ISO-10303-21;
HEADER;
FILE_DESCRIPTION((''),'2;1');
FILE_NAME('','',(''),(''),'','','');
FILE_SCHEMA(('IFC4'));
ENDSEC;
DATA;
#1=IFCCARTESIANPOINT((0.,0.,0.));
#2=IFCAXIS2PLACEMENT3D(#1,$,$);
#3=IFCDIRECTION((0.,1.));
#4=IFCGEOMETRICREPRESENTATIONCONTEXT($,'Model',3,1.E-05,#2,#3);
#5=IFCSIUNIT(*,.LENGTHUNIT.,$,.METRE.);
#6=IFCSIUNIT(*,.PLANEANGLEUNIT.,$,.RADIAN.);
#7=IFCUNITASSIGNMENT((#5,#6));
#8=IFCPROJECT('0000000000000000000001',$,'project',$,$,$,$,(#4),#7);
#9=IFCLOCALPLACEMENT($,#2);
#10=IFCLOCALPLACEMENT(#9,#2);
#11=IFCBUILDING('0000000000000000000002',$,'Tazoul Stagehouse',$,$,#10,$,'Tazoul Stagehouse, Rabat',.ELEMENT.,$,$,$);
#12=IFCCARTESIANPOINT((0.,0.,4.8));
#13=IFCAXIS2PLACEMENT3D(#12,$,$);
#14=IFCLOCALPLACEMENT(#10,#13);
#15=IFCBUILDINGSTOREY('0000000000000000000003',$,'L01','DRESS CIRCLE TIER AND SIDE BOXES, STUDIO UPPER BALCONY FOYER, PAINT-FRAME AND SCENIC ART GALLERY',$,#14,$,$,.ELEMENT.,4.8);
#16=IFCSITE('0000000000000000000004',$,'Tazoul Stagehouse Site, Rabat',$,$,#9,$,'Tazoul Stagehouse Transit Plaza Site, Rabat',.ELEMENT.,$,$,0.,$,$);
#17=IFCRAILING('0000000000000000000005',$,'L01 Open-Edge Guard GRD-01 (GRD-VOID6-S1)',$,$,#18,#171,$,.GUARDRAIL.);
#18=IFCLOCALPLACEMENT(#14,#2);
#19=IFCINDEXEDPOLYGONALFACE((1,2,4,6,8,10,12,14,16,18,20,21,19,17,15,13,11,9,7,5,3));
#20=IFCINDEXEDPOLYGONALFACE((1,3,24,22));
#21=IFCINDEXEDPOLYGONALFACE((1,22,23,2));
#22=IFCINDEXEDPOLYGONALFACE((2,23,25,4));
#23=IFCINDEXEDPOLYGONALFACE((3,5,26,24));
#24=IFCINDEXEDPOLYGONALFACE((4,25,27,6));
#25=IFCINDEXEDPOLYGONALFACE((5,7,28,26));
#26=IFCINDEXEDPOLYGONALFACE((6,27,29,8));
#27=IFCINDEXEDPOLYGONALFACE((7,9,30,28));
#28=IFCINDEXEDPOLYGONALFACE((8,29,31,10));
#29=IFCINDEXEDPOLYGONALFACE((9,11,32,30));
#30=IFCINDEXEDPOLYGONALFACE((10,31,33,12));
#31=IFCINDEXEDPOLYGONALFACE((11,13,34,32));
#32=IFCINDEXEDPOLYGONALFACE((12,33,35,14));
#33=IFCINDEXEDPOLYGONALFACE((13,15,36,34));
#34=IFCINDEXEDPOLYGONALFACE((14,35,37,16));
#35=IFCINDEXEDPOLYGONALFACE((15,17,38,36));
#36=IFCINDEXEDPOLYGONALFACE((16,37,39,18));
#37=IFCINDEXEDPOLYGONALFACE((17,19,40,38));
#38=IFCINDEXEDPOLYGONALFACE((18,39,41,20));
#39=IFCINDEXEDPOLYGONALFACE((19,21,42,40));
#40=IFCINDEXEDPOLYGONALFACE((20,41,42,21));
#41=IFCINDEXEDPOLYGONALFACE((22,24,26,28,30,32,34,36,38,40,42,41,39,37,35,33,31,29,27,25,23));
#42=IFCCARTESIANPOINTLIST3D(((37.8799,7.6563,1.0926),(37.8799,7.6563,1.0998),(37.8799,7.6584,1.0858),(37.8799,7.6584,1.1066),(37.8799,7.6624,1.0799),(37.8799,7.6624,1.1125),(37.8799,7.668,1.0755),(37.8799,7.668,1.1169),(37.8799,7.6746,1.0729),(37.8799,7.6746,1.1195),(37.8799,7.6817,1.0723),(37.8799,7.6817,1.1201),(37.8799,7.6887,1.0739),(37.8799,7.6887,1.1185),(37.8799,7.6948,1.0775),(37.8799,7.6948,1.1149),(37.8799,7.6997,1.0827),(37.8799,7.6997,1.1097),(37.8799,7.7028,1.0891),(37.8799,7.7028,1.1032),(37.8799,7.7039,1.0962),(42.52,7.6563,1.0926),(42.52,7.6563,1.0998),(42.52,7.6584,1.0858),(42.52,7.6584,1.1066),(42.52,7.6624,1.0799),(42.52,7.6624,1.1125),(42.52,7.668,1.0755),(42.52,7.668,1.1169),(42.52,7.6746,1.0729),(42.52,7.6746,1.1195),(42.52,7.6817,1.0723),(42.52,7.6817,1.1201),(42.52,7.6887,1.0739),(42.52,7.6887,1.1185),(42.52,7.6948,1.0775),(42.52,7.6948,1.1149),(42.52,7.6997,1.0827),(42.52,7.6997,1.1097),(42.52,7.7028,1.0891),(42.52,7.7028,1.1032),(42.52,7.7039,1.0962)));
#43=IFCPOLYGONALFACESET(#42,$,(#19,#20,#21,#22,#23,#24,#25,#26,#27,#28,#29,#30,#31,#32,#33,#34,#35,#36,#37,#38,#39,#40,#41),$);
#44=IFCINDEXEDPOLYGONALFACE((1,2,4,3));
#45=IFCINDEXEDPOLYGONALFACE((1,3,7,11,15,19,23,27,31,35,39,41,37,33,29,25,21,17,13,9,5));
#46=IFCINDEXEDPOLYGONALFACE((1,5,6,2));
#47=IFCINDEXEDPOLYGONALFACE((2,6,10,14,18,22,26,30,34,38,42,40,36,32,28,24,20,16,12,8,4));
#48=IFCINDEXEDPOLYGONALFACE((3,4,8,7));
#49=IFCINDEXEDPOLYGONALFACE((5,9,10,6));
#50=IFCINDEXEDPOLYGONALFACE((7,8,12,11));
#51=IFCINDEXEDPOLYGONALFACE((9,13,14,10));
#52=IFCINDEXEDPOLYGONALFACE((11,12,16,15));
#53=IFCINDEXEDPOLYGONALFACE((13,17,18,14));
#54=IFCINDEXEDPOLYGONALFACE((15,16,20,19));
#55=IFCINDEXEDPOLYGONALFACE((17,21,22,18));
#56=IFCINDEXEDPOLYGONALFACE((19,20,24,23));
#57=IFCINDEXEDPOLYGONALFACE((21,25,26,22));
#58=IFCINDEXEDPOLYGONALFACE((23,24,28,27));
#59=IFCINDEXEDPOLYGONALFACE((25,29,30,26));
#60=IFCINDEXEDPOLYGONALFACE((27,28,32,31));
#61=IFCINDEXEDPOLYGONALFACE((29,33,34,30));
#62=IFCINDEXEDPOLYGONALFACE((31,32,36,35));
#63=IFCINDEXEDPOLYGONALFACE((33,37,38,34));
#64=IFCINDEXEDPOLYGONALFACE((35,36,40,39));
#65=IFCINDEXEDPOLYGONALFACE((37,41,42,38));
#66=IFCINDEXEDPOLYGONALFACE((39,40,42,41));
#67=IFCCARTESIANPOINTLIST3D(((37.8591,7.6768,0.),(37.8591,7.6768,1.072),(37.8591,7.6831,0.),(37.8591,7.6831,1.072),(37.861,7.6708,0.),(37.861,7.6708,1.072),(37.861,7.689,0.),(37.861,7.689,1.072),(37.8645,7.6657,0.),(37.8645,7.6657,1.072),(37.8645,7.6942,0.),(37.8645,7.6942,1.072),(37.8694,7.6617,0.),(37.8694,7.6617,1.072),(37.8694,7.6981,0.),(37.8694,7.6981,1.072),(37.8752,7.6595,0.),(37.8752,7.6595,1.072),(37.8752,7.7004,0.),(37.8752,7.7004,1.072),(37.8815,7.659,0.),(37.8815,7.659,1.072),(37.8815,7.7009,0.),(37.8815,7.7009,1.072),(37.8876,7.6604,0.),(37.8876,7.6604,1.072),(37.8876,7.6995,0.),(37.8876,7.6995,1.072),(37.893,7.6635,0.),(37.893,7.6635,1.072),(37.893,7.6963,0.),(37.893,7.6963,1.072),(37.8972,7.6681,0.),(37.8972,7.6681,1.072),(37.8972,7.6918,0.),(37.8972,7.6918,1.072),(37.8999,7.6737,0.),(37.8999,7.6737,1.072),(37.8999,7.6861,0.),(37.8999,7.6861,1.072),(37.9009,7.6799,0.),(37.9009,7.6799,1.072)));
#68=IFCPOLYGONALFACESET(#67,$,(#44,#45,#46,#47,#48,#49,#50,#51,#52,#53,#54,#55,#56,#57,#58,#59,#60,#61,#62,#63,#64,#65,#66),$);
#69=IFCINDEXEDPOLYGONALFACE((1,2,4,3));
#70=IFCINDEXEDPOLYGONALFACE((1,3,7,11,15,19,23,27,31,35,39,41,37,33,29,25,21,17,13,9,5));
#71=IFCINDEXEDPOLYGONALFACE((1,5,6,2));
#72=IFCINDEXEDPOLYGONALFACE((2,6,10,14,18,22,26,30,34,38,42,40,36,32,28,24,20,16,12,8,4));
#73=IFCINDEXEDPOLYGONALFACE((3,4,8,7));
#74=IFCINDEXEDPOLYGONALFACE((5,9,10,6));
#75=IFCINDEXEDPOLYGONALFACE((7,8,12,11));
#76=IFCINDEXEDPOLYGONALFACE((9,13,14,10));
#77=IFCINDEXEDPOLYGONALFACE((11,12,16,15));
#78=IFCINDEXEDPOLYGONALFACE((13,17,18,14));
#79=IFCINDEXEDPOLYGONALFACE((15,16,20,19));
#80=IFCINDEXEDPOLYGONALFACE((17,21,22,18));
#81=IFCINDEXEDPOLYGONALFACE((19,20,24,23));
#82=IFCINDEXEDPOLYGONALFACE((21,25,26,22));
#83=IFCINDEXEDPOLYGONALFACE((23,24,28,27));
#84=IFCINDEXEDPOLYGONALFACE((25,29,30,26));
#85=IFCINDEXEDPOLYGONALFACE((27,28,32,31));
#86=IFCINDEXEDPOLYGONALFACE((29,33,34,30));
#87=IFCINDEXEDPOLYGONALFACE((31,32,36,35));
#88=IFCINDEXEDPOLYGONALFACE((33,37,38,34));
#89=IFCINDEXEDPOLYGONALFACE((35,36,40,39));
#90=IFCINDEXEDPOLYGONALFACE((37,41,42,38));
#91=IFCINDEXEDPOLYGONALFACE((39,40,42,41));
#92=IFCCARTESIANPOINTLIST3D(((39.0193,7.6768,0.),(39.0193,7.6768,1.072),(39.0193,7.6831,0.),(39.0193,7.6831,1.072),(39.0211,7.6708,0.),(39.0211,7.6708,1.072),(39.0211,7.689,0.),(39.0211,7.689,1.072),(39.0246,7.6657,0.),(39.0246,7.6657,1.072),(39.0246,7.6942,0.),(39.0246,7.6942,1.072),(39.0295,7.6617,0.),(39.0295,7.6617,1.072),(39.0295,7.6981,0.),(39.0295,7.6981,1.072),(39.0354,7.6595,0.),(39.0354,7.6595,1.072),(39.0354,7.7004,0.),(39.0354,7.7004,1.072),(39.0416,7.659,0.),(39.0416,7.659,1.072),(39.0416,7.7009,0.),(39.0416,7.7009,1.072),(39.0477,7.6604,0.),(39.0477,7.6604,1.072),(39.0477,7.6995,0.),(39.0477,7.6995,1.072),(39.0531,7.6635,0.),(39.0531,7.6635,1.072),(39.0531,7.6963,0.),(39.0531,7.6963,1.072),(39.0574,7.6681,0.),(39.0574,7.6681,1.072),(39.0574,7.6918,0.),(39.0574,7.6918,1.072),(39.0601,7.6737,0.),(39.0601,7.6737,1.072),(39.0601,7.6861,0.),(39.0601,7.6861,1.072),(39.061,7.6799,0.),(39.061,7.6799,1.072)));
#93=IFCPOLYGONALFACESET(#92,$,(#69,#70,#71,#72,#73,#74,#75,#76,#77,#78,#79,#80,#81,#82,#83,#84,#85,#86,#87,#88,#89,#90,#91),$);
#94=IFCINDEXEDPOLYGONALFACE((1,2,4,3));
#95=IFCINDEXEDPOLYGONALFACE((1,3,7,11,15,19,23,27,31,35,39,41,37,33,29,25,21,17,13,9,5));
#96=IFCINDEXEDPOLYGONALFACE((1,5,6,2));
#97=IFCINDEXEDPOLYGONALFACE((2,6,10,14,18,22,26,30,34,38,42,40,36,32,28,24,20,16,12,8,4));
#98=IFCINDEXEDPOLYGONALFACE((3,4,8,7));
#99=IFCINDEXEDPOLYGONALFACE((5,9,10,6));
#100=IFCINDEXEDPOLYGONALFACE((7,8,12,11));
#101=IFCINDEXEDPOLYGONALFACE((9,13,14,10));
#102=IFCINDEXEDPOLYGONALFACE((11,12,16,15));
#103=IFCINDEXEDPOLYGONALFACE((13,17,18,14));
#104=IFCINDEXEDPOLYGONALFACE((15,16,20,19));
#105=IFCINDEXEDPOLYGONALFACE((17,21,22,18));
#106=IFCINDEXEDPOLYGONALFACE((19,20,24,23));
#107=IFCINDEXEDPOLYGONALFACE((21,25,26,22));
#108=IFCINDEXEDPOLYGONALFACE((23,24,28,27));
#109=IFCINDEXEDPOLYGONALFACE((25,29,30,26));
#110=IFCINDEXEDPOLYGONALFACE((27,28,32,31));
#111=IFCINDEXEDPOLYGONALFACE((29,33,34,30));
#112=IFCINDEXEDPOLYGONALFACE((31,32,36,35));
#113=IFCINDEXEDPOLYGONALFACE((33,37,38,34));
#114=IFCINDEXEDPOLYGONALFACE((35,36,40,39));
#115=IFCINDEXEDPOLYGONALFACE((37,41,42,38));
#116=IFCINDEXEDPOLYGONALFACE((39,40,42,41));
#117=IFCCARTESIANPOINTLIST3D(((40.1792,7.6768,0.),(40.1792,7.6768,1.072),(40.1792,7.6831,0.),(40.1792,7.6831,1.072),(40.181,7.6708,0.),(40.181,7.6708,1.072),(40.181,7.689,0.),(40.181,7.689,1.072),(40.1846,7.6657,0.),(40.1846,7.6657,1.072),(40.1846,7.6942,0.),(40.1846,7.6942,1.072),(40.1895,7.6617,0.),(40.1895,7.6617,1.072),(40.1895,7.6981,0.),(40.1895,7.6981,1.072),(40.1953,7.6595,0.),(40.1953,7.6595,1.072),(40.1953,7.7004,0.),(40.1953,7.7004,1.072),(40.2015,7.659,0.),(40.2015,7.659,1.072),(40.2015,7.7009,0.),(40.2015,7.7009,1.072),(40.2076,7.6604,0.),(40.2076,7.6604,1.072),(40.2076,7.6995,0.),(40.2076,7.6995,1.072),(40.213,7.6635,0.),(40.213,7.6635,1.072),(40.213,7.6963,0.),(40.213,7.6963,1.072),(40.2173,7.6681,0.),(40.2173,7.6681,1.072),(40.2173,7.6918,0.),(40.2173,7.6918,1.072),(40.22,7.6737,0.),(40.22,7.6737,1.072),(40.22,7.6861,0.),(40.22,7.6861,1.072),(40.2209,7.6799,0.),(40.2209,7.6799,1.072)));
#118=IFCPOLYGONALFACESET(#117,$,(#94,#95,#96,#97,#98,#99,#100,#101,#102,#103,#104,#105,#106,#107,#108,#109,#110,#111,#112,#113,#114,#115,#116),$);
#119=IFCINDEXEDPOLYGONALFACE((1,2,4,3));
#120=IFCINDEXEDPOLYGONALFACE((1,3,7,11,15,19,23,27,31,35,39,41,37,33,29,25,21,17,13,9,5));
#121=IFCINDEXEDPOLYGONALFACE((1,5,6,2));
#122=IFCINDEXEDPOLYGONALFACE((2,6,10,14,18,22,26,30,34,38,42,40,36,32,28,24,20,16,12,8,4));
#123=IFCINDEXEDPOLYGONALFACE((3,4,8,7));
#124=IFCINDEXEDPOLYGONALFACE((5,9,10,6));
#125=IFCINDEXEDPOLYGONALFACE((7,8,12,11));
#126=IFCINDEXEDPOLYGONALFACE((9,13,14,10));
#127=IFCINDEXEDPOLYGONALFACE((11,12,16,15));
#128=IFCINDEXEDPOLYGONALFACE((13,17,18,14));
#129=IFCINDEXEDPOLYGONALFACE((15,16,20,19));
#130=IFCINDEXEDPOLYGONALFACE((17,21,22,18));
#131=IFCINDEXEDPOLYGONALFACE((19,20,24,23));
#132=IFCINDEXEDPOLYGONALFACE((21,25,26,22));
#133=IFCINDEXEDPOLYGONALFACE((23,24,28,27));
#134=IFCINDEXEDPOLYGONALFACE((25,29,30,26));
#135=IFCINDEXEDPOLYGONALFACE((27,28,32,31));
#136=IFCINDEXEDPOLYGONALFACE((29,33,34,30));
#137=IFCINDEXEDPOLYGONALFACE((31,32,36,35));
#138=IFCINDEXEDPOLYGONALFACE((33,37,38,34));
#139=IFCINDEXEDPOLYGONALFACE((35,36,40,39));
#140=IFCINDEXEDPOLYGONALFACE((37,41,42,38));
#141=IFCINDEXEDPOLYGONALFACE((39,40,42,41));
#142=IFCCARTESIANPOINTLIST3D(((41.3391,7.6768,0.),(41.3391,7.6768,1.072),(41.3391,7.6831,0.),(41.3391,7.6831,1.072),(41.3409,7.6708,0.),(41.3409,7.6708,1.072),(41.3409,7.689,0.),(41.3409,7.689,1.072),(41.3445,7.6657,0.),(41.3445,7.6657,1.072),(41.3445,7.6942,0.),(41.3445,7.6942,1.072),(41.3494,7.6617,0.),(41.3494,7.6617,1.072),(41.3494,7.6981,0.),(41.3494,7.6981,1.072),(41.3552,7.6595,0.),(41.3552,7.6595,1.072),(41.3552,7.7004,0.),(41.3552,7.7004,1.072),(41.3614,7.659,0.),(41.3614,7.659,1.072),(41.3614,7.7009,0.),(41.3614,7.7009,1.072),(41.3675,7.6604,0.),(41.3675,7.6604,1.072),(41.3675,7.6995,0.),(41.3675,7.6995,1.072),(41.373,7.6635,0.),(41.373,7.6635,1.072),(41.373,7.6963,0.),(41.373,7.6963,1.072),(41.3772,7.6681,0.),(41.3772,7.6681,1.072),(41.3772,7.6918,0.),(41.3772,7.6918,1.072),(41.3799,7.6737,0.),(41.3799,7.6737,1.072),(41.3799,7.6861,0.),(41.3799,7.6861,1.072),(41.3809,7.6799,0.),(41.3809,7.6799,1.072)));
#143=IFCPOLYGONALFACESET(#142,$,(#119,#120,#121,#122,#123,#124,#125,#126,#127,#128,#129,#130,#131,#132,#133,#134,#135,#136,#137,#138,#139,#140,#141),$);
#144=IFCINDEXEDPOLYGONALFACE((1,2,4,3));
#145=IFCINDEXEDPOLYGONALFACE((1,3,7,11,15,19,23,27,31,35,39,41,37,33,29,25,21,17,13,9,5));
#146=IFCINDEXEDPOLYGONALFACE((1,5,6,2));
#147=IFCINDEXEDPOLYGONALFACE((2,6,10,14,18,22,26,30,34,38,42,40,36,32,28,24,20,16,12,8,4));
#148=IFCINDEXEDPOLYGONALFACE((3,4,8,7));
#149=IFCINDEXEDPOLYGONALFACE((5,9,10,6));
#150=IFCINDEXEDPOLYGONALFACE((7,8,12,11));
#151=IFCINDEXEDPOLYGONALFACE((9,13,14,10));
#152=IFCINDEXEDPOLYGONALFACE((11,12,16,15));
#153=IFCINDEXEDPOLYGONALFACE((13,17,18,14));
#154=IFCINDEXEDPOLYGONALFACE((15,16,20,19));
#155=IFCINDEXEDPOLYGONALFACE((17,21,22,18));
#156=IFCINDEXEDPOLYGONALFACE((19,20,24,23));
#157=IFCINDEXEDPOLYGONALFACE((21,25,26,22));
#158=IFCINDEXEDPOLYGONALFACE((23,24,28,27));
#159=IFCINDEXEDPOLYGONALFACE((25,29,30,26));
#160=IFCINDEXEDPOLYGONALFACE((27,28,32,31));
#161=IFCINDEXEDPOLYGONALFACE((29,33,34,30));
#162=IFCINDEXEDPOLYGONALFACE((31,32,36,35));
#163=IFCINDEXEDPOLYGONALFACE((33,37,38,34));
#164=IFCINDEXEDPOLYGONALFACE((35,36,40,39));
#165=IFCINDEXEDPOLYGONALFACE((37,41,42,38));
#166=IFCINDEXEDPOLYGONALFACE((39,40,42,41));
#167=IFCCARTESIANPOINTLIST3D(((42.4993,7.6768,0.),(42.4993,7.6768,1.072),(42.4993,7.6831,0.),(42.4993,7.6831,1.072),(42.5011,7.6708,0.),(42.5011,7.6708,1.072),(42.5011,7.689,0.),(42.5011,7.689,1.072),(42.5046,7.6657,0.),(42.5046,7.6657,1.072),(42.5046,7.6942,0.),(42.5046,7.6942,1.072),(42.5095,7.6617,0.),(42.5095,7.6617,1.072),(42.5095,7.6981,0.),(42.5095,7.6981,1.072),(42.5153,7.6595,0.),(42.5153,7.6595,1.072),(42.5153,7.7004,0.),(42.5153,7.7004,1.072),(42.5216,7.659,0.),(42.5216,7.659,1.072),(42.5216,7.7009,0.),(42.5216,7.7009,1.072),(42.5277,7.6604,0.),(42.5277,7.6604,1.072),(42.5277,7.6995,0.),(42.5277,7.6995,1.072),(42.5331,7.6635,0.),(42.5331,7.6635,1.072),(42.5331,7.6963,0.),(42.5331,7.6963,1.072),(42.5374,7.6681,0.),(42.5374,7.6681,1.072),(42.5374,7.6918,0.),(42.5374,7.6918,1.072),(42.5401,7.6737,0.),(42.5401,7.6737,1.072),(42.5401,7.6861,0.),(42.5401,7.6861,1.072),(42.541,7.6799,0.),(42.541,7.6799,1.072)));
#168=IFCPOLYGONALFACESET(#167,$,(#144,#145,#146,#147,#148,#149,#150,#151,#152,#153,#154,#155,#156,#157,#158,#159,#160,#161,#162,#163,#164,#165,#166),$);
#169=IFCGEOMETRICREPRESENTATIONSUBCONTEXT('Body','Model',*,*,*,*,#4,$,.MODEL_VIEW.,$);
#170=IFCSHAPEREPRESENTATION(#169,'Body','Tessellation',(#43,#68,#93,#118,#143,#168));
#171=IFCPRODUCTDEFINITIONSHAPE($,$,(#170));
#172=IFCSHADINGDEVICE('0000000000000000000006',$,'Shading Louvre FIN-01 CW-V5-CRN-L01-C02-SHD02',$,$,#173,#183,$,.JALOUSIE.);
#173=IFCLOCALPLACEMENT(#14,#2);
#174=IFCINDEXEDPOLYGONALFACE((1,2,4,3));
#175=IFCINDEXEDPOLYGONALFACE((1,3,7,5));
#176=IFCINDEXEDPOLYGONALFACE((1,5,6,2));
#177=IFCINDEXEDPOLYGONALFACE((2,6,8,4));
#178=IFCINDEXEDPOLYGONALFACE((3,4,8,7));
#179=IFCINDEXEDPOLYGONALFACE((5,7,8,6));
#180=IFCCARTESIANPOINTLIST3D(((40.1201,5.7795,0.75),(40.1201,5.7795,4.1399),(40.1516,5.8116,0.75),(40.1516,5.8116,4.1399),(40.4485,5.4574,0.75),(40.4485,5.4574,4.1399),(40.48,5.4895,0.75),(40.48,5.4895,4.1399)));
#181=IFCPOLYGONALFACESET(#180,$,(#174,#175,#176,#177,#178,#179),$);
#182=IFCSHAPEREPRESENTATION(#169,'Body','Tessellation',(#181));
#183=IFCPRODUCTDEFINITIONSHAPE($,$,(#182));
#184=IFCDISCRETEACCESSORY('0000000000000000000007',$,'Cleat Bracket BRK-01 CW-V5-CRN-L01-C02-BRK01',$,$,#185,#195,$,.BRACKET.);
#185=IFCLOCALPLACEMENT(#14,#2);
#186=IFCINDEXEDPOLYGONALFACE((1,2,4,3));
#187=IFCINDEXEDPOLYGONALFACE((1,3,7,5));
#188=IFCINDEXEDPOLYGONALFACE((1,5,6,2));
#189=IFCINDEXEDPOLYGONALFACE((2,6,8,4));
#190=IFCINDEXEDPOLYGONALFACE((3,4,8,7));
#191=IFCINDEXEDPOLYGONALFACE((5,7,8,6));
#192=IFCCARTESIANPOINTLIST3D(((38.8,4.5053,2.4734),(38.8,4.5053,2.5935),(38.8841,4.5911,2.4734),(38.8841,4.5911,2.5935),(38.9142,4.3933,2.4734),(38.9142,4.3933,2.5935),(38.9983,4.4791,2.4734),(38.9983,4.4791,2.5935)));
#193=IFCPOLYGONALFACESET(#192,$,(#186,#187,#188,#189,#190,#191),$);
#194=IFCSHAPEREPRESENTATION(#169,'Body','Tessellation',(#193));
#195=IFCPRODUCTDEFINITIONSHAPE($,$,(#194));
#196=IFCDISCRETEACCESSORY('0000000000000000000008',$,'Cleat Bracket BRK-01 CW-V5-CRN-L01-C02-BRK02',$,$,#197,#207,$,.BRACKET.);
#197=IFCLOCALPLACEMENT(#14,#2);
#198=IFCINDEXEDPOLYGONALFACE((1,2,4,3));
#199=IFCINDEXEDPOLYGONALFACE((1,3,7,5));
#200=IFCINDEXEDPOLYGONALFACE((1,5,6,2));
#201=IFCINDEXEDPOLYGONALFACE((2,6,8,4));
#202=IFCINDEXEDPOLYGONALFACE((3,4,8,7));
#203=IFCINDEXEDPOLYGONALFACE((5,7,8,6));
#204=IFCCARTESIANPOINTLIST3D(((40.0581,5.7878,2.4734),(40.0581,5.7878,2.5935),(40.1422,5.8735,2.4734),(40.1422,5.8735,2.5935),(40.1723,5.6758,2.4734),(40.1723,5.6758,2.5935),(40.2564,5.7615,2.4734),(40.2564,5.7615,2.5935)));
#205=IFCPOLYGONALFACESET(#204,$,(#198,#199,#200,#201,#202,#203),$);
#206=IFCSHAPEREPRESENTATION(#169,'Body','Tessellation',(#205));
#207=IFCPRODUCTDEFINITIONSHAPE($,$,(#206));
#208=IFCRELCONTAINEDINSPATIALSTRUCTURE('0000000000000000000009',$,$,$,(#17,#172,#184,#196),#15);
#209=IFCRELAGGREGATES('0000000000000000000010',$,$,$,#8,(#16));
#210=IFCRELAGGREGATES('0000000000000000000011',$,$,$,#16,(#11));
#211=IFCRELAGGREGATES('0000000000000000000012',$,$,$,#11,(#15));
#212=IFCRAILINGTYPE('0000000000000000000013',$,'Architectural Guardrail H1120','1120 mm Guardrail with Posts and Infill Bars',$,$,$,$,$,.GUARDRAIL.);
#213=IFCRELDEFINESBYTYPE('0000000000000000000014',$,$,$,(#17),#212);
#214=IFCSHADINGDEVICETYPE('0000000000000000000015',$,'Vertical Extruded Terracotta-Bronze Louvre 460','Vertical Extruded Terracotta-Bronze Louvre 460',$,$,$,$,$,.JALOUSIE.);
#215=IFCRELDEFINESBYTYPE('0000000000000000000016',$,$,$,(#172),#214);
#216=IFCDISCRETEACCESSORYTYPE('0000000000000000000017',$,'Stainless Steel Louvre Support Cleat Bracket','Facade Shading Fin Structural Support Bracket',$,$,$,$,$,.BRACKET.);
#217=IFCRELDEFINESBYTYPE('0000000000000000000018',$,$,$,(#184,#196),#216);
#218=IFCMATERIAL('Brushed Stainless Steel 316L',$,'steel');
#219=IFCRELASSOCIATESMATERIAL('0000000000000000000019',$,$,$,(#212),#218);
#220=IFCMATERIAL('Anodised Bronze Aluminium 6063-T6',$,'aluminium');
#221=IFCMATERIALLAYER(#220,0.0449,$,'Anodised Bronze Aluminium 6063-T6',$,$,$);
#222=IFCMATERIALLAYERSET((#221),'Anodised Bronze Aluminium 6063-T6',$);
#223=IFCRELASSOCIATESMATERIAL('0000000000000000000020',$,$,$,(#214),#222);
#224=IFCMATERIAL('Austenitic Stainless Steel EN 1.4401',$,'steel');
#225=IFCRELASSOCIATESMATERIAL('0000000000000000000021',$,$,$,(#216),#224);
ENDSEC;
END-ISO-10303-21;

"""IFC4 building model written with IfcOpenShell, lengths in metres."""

from ifc_helpers import new_model, si_unit, direction, frame, origin, origin_2d, place, context, subcontext, project, spatial, rectangle, circle, extrude, material, layer, layer_set, material_profile, profile_set, type_object, element, save


model = new_model("IFC4")

# Units and contexts
model_context = context("Model", 3, precision=1e-05, world=origin(), true_north=direction((0.0, 1.0)))
body_context = subcontext(model_context, "Body", "Model", "MODEL_VIEW")
ifc_project = project(units=[si_unit("LENGTHUNIT", "METRE"), si_unit("PLANEANGLEUNIT", "RADIAN")], contexts=[model_context])

# Shared definitions
ifc_material_1 = material(Name="Anodised Bronze Aluminium 6063-T6", Category="aluminium")
site_placement = place(None, origin())
building_placement = place(site_placement, origin())
storey_placement = place(building_placement, frame((0.0, 0.0, 4.8)))

# Site, building, storey
site = spatial("IfcSite", under=ifc_project, at=site_placement, Name="Tazoul Stagehouse Site, Rabat", LongName="Tazoul Stagehouse Transit Plaza Site, Rabat", CompositionType="ELEMENT", RefElevation=0.0)
building = spatial("IfcBuilding", under=site, at=building_placement, Name="Tazoul Stagehouse", LongName="Tazoul Stagehouse, Rabat", CompositionType="ELEMENT")
storey = spatial("IfcBuildingStorey", under=building, at=storey_placement, Name="L01", Description="DRESS CIRCLE TIER AND SIDE BOXES, STUDIO UPPER BALCONY FOYER, PAINT-FRAME AND SCENIC ART GALLERY", CompositionType="ELEMENT", Elevation=4.8)

# Railing
ifc_material_2 = material(Name="Brushed Stainless Steel 316L", Category="steel")
ifc_material_profile_1 = material_profile(ifc_material_2, circle(Radius=0.0239, at=origin_2d()), Name="SS RAIL D48")
ifc_profile_set_1 = profile_set([ifc_material_profile_1], Name="Brushed Stainless Steel 316L")
railing_type = type_object("IfcRailingType", Name="Architectural Guardrail H1120", Description="1120 mm Guardrail with Posts and Infill Bars", PredefinedType="GUARDRAIL", material=ifc_profile_set_1)
railing_placement = place(storey_placement, frame((37.8799, 7.6799, 0.0)))
element("IfcRailing", 1, at=railing_placement, inside=storey, type_object=railing_type, Name="L01 Open-Edge Guard GRD-01 (GRD-VOID6-S1)", PredefinedType="GUARDRAIL", context=body_context, shape_type="SweptSolid", body=[
    extrude(circle(Radius=0.0239, at=origin_2d()), frame((0.0, 0.0, 1.0962), z_axis=(1.0, 0.0, 0.0), x_axis=(0.0, 1.0, 0.0)), (0.0, 0.0, 1.0), 4.6401),
    extrude(circle(Radius=0.021, at=origin_2d()), origin(), (0.0, 0.0, 1.0), 1.072),
    extrude(circle(Radius=0.021, at=origin_2d()), frame((1.1602, 0.0, 0.0)), (0.0, 0.0, 1.0), 1.072),
    extrude(circle(Radius=0.021, at=origin_2d()), frame((2.3201, 0.0, 0.0)), (0.0, 0.0, 1.0), 1.072),
    extrude(circle(Radius=0.021, at=origin_2d()), frame((3.48, 0.0, 0.0)), (0.0, 0.0, 1.0), 1.072),
    extrude(circle(Radius=0.021, at=origin_2d()), frame((4.6401, 0.0, 0.0)), (0.0, 0.0, 1.0), 1.072),
])

# Shading device
ifc_layer_1 = layer(ifc_material_1, 0.0449, Name="Anodised Bronze Aluminium 6063-T6")
ifc_layer_set_1 = layer_set([ifc_layer_1], Name="Anodised Bronze Aluminium 6063-T6")
shading_device_type_1 = type_object("IfcShadingDeviceType", Name="Vertical Extruded Terracotta-Bronze Louvre 460", Description="Vertical Extruded Terracotta-Bronze Louvre 460", PredefinedType="JALOUSIE", material=ifc_layer_set_1)
shading_device_1_placement = place(storey_placement, frame((40.3, 5.6345, 0.75), z_axis=(0.0, 0.0, 1.0), x_axis=(0.700247, 0.713901, 0.0)))
element("IfcShadingDevice", 2, at=shading_device_1_placement, inside=storey, type_object=shading_device_type_1, Name="Shading Louvre FIN-01 CW-V5-CRN-L01-C02-SHD02", PredefinedType="JALOUSIE", context=body_context, shape_type="SweptSolid", body=[
    extrude(rectangle(XDim=0.0449, YDim=0.46, at=origin_2d()), origin(), (0.0, 0.0, 1.0), 3.3899),
])

# Discrete accessories
ifc_material_3 = material(Name="Austenitic Stainless Steel EN 1.4401", Category="steel")
discrete_accessory_type = type_object("IfcDiscreteAccessoryType", Name="Stainless Steel Louvre Support Cleat Bracket", Description="Facade Shading Fin Structural Support Bracket", PredefinedType="BRACKET", material=ifc_material_3)
for number, where, z_axis, x_axis, name in (
    (3, (38.8992, 4.4922, 2.4734), (0.0, 0.0, 1.0), (0.700247, 0.713901, 0.0), "Cleat Bracket BRK-01 CW-V5-CRN-L01-C02-BRK01"),
    (4, (40.1572, 5.7747, 2.4734), (0.0, 0.0, 1.0), (0.700247, 0.713901, 0.0), "Cleat Bracket BRK-01 CW-V5-CRN-L01-C02-BRK02"),
):
    element("IfcDiscreteAccessory", number, at=place(storey_placement, frame(where, z_axis=z_axis, x_axis=x_axis)), inside=storey, type_object=discrete_accessory_type, Name=name, PredefinedType="BRACKET", context=body_context, shape_type="SweptSolid", body=[
        extrude(rectangle(XDim=0.1201, YDim=0.1599, at=origin_2d()), origin(), (0.0, 0.0, 1.0), 0.1201),
    ])

save(model, "model.ifc")
